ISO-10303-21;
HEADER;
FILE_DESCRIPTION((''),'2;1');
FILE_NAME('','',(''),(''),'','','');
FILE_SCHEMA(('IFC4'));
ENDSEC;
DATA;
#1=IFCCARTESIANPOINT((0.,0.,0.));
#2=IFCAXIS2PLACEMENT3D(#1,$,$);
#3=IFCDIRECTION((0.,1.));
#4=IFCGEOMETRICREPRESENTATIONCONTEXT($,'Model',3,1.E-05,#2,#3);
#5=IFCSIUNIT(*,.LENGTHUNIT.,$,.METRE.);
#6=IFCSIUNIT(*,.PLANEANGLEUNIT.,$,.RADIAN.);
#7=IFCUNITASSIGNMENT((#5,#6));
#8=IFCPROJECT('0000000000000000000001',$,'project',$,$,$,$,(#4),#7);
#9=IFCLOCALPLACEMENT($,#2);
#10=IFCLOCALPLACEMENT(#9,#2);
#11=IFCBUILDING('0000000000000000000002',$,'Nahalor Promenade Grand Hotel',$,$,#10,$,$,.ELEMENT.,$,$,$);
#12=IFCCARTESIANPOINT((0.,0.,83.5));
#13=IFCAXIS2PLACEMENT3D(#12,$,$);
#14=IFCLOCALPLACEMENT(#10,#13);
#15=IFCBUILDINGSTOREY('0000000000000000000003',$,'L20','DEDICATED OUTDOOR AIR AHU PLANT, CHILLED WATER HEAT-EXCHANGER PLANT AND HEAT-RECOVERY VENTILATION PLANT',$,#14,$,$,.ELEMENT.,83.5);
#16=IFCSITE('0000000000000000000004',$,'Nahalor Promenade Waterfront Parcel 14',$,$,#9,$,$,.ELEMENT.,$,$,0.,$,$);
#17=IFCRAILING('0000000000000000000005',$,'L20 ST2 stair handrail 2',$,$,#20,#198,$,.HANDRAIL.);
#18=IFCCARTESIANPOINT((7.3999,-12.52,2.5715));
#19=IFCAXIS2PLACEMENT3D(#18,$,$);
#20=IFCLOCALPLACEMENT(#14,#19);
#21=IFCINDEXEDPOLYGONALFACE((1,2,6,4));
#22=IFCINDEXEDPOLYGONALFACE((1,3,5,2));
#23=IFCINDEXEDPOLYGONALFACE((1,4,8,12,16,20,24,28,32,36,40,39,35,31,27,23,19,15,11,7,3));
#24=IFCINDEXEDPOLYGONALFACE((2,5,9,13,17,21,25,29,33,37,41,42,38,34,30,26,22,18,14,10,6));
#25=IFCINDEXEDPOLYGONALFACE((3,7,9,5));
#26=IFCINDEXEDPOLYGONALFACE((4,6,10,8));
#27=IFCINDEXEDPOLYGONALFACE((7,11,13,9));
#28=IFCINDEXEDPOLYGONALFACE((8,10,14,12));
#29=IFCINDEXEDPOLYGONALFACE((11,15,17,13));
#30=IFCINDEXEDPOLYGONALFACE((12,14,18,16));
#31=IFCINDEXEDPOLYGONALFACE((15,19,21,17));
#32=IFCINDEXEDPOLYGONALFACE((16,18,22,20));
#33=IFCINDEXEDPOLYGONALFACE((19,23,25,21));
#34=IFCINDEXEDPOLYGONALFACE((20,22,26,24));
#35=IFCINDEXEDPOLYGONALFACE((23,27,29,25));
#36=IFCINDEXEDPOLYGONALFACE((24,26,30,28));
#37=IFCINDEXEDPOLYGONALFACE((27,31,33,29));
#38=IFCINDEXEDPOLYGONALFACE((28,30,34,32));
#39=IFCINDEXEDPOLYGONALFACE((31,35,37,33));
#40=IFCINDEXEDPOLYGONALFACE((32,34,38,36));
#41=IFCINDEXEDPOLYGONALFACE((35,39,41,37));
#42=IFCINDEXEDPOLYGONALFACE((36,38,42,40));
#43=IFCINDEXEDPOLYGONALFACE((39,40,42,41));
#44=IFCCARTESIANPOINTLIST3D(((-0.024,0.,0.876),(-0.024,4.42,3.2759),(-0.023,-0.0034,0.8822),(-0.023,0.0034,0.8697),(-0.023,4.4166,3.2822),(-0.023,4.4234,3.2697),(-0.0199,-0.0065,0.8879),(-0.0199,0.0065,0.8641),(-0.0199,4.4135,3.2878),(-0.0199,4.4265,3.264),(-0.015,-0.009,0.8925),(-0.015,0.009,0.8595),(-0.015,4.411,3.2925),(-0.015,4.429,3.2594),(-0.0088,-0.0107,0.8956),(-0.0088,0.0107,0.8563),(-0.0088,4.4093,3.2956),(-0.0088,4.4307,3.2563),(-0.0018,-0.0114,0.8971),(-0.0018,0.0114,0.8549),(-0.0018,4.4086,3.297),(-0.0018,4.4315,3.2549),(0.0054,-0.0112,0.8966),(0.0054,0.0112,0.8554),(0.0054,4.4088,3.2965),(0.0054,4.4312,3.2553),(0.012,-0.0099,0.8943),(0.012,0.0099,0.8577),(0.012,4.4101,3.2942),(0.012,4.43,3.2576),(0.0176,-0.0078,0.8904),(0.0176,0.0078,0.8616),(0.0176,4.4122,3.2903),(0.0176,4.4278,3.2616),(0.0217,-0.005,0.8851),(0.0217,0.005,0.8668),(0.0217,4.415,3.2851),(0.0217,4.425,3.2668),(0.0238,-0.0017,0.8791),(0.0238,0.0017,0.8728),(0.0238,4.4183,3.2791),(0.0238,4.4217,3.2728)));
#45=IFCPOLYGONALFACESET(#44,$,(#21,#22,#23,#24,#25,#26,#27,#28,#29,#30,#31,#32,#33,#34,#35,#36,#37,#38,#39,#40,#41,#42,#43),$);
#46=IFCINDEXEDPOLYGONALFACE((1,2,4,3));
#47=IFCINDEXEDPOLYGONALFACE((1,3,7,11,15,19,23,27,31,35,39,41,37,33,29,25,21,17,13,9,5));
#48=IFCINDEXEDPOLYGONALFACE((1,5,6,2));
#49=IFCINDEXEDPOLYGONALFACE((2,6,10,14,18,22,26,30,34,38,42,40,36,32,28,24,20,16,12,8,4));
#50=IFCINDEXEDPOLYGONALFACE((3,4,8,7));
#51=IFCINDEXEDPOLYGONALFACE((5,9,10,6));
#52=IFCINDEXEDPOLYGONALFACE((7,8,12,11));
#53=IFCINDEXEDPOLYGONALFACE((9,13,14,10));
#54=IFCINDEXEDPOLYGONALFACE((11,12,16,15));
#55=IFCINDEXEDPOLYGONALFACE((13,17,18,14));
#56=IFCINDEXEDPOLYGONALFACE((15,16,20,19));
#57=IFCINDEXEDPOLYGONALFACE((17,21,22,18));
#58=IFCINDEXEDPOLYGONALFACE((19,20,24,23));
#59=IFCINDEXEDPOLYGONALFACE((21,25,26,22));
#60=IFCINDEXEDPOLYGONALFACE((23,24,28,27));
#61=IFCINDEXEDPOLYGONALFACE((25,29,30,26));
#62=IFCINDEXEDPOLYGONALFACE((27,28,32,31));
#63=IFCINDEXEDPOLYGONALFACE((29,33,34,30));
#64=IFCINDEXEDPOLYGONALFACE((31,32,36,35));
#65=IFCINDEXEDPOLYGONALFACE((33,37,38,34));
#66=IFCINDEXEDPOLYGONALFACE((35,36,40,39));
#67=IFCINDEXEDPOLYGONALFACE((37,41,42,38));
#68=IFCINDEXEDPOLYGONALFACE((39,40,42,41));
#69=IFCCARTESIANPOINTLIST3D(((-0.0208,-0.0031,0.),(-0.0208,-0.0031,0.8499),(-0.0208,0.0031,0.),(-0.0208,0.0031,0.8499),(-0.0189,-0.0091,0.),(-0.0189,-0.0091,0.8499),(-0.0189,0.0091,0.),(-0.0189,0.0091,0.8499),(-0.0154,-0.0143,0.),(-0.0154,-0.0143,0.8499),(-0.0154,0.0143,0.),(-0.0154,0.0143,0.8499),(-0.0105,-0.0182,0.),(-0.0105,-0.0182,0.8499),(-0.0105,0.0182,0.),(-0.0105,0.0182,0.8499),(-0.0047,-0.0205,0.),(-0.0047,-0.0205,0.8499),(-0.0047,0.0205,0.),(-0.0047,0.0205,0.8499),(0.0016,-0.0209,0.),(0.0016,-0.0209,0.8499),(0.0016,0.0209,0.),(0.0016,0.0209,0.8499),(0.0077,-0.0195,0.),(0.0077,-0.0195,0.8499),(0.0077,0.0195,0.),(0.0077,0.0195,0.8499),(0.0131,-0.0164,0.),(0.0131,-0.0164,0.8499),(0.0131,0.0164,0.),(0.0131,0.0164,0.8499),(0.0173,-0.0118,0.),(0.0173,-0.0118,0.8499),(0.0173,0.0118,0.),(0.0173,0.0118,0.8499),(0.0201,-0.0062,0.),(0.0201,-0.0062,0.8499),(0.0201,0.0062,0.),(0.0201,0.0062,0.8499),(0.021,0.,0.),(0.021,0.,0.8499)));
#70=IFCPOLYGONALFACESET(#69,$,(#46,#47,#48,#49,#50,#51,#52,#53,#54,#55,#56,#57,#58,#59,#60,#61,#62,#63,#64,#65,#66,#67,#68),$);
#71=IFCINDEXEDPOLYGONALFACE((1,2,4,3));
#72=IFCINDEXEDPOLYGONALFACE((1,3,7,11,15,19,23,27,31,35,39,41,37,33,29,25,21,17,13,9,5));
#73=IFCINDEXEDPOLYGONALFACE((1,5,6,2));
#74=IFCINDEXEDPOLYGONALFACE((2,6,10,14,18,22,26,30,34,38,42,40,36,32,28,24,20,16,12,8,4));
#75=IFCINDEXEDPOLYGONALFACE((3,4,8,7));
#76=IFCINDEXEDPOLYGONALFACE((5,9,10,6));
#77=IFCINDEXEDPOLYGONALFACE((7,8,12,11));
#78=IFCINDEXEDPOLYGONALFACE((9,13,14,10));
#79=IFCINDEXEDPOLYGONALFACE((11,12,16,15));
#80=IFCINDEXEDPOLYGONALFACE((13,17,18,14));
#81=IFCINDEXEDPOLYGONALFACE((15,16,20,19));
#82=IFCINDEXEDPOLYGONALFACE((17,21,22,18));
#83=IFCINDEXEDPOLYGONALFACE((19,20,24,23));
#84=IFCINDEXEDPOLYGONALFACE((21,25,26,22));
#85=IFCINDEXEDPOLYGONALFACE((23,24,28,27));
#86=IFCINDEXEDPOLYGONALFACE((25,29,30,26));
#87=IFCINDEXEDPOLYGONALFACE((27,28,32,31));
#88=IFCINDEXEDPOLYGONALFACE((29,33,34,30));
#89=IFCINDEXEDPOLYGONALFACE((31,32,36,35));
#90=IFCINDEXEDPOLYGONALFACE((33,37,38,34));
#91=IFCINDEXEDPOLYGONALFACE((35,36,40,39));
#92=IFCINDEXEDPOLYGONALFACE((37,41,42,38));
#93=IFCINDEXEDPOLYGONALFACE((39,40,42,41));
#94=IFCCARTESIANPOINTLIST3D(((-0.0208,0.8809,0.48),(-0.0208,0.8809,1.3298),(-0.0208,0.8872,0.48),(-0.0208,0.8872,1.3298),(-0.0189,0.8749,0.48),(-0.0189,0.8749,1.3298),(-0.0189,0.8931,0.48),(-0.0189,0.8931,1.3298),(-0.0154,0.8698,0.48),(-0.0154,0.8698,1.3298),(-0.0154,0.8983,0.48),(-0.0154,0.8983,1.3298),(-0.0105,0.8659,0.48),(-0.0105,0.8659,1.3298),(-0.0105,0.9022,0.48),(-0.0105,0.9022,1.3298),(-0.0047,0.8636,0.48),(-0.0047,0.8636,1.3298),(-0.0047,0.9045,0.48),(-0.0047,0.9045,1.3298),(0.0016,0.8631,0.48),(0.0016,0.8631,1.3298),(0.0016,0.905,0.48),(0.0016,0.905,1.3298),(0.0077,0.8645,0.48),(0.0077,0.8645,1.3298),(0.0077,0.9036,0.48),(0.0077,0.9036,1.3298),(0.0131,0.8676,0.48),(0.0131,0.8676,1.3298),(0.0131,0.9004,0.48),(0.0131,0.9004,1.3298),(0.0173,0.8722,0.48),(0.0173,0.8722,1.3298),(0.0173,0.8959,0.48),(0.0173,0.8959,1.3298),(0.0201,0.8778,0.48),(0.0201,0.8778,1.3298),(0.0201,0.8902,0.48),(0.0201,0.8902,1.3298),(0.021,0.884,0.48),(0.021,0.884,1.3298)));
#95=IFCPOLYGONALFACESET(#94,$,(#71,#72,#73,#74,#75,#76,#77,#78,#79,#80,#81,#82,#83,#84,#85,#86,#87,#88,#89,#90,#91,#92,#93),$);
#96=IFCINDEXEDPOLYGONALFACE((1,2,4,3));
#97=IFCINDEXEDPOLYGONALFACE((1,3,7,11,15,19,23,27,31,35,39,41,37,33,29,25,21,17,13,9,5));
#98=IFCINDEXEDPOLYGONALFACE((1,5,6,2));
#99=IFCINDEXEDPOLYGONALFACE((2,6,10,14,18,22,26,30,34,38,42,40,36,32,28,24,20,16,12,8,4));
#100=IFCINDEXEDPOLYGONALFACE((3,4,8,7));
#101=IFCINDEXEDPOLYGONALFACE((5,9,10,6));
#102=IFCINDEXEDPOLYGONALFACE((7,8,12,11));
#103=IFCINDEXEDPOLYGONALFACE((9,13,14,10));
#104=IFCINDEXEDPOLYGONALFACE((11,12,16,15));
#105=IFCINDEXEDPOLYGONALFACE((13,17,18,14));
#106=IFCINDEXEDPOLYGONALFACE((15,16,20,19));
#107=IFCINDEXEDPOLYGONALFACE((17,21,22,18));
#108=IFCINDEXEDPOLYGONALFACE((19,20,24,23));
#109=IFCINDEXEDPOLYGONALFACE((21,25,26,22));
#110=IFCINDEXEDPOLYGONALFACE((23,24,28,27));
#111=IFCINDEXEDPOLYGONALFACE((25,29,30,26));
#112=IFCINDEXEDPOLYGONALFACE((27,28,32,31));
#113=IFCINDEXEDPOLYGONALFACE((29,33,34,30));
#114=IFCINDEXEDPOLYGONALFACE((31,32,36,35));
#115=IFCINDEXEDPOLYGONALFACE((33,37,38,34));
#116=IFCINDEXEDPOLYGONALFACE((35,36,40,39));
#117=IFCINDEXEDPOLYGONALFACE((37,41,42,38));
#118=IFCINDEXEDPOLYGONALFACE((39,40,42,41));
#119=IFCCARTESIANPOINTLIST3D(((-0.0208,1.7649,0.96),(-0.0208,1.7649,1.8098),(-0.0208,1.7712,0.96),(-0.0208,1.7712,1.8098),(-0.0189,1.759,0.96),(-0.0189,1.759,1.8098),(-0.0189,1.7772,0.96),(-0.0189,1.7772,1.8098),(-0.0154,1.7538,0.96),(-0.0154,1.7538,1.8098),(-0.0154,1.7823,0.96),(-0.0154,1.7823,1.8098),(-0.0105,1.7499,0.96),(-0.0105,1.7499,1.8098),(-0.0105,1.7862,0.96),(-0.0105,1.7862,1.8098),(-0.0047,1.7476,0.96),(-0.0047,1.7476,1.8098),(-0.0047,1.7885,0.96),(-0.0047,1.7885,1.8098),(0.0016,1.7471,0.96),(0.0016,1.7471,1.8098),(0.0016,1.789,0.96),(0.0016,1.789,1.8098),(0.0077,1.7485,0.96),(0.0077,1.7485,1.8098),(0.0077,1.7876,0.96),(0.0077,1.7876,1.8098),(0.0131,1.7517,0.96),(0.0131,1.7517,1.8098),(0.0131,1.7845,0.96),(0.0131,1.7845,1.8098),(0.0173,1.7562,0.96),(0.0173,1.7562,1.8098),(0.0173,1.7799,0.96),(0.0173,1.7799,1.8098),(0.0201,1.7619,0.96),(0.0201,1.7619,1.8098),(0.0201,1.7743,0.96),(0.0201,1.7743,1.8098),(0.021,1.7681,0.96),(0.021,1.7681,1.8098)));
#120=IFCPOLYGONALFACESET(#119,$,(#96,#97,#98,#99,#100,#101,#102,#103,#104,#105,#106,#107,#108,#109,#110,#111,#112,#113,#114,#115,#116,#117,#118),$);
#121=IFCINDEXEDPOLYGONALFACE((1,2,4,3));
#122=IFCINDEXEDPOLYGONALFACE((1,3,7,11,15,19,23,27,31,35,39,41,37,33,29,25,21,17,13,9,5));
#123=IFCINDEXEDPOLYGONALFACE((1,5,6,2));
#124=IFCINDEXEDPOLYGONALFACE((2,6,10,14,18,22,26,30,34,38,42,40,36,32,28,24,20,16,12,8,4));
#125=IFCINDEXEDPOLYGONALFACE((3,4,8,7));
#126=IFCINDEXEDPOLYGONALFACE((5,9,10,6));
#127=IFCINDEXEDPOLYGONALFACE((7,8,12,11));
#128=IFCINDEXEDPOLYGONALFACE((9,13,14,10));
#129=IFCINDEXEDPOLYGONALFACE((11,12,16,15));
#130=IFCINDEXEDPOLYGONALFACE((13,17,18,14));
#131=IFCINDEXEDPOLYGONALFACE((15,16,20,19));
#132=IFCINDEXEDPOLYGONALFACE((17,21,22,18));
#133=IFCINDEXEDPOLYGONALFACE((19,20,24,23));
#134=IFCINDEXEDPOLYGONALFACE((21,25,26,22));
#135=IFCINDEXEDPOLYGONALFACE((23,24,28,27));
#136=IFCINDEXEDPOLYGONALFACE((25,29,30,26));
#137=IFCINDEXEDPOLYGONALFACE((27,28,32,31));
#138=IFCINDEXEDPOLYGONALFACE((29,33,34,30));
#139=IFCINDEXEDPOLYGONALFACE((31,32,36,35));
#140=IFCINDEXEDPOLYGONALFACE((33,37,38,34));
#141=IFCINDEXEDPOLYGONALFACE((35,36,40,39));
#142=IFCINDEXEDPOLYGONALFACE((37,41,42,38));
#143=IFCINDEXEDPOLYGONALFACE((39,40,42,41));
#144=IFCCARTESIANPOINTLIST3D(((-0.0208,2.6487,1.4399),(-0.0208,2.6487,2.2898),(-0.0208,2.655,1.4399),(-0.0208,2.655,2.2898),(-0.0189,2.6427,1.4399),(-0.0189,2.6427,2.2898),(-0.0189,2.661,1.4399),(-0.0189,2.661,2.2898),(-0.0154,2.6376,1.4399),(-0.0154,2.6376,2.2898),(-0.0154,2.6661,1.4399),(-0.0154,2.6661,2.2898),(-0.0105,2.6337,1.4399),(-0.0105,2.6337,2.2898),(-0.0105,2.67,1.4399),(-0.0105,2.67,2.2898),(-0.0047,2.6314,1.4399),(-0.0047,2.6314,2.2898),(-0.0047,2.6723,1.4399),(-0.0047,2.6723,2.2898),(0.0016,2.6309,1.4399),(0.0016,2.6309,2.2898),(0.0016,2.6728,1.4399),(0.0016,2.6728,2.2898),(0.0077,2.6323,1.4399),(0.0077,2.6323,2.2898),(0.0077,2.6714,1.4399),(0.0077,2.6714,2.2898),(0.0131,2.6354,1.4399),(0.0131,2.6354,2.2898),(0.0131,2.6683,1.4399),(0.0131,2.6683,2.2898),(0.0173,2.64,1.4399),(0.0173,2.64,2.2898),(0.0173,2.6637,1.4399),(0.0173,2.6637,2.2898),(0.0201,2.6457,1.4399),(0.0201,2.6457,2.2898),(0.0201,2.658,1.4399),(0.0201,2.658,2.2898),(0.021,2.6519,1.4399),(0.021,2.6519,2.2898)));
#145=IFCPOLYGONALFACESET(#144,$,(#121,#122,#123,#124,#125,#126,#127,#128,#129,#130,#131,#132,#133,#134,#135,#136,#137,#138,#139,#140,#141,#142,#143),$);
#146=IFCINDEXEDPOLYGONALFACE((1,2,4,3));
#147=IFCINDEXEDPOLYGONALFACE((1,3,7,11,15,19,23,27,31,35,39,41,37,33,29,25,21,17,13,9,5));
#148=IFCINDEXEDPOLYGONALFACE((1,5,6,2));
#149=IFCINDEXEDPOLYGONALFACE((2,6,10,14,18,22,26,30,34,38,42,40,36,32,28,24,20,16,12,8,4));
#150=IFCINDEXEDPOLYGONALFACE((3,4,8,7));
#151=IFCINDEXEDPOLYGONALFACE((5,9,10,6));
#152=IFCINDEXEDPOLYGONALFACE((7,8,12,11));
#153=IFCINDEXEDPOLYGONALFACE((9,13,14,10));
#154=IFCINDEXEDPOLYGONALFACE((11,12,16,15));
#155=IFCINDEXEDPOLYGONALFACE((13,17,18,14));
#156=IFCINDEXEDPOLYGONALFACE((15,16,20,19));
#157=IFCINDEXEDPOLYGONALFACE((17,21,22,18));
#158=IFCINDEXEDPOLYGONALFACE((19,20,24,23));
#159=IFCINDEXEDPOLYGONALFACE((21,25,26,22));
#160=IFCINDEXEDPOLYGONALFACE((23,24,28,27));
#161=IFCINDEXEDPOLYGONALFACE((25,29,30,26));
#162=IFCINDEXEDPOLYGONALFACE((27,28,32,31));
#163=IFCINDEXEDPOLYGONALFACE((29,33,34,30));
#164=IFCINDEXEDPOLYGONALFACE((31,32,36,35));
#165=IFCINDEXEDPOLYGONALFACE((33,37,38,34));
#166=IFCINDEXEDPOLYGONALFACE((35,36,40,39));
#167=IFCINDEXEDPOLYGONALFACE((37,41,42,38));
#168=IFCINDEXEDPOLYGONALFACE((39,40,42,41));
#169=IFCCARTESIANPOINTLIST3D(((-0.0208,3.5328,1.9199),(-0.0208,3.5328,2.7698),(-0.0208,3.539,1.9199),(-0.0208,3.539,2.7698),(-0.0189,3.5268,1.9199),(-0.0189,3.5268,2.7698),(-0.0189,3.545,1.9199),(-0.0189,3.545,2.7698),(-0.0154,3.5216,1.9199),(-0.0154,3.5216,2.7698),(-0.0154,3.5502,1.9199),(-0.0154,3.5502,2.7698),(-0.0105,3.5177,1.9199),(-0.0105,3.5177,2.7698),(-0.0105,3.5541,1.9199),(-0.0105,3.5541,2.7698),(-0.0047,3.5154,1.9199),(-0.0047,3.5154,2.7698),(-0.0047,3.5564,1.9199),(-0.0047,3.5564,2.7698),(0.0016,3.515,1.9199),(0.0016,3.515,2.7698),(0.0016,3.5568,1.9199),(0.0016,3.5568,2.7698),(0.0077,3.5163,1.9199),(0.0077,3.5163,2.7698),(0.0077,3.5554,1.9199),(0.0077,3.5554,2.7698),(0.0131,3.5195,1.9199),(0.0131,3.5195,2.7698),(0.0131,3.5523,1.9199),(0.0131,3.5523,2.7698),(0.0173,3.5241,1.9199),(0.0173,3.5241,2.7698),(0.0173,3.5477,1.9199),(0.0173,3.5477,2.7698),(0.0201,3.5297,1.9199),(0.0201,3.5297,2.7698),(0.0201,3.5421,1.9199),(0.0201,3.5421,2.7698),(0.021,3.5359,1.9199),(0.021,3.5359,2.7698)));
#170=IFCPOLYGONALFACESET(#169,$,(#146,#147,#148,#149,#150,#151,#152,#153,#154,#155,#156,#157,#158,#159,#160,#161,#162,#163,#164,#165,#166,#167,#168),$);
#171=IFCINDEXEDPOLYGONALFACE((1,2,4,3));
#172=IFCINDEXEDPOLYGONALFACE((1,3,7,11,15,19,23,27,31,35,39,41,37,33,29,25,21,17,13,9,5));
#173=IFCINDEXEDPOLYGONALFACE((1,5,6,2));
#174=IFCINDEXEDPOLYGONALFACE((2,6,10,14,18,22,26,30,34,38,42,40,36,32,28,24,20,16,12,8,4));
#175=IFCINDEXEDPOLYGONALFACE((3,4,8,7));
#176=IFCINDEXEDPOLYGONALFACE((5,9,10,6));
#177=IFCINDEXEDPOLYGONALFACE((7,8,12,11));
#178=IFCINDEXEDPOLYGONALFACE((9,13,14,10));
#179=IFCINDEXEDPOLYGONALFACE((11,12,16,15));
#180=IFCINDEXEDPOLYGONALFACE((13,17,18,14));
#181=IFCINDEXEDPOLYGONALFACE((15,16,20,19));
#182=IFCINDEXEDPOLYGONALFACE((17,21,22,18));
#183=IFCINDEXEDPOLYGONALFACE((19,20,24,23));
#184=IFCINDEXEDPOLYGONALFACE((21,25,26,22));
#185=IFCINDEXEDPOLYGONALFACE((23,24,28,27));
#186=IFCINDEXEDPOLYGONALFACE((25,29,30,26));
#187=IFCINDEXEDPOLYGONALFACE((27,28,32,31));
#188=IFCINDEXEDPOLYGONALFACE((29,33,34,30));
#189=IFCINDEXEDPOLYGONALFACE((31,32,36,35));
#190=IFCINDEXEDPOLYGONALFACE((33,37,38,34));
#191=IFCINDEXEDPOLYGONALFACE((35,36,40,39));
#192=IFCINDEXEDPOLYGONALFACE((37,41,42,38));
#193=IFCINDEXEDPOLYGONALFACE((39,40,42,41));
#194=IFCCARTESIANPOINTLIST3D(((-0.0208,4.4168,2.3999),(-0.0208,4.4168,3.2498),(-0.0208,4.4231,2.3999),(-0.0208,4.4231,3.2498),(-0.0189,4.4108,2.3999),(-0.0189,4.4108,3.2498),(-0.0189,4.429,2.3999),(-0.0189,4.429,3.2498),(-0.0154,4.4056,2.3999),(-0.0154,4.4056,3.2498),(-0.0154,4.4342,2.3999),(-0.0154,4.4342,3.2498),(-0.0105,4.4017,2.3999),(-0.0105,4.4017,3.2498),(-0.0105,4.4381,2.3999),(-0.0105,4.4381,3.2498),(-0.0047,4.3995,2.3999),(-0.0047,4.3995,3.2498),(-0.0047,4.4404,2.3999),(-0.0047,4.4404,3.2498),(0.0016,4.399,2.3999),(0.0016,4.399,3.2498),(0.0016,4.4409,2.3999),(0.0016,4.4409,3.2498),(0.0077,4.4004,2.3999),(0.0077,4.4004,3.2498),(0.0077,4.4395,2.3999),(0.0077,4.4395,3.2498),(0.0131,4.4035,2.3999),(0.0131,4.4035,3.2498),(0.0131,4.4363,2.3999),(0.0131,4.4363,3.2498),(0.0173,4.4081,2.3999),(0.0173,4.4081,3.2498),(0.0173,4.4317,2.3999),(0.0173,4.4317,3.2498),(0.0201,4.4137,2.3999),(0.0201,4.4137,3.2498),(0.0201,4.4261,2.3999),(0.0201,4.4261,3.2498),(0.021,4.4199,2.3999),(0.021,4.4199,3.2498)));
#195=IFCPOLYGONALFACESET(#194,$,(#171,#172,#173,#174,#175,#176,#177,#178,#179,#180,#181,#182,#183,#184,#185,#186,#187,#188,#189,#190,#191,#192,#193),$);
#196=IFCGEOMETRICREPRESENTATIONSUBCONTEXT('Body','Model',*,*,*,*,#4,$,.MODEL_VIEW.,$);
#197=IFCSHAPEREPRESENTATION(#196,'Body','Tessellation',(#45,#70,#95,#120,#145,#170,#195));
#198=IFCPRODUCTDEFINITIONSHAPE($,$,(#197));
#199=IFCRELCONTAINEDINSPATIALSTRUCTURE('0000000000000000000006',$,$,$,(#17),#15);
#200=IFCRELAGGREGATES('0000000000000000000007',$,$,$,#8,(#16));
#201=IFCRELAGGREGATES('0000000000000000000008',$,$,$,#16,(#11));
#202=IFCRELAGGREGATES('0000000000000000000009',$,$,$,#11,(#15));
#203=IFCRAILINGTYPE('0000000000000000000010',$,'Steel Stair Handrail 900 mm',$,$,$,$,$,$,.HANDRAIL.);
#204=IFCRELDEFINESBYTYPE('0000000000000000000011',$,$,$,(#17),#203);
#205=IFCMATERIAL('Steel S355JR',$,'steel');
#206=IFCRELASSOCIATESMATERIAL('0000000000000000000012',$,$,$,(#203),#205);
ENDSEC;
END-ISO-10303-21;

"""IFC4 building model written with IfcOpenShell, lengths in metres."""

from ifc_helpers import new_model, si_unit, direction, frame, origin, origin_2d, place, context, subcontext, project, spatial, circle, extrude, material, type_object, element, save


model = new_model("IFC4")

# Units and contexts
model_context = context("Model", 3, precision=1e-05, world=origin(), true_north=direction((0.0, 1.0)))
body_context = subcontext(model_context, "Body", "Model", "MODEL_VIEW")
ifc_project = project(units=[si_unit("LENGTHUNIT", "METRE"), si_unit("PLANEANGLEUNIT", "RADIAN")], contexts=[model_context])

# Site, building, storey
site_placement = place(None, origin())
site = spatial("IfcSite", under=ifc_project, at=site_placement, Name="Nahalor Promenade Waterfront Parcel 14", CompositionType="ELEMENT", RefElevation=0.0)
building_placement = place(site_placement, origin())
building = spatial("IfcBuilding", under=site, at=building_placement, Name="Nahalor Promenade Grand Hotel", CompositionType="ELEMENT")
storey_placement = place(building_placement, frame((0.0, 0.0, 83.5)))
storey = spatial("IfcBuildingStorey", under=building, at=storey_placement, Name="L20", Description="DEDICATED OUTDOOR AIR AHU PLANT, CHILLED WATER HEAT-EXCHANGER PLANT AND HEAT-RECOVERY VENTILATION PLANT", CompositionType="ELEMENT", Elevation=83.5)

# Shared definitions
ifc_material_1 = material(Name="Steel S355JR", Category="steel")

# Railing
railing_type_1 = type_object("IfcRailingType", Name="Steel Stair Handrail 900 mm", PredefinedType="HANDRAIL", material=ifc_material_1)
railing_1_placement = place(storey_placement, frame((7.3999, -12.52, 2.5715)))
element("IfcRailing", 1, at=railing_1_placement, inside=storey, type_object=railing_type_1, Name="L20 ST2 stair handrail 2", PredefinedType="HANDRAIL", context=body_context, shape_type="SweptSolid", body=[
    extrude(circle(Radius=0.024, at=origin_2d()), frame((0.0, 0.0, 0.876), z_axis=(0.0, 0.87881, 0.477171), x_axis=(-1.0, 0.0, 0.0)), (0.0, 0.0, 1.0), 5.0295),
    extrude(circle(Radius=0.021, at=origin_2d()), origin(), (0.0, 0.0, 1.0), 0.8499),
    extrude(circle(Radius=0.021, at=origin_2d()), frame((0.0, 0.884, 0.48)), (0.0, 0.0, 1.0), 0.8499),
    extrude(circle(Radius=0.021, at=origin_2d()), frame((0.0, 1.7681, 0.96)), (0.0, 0.0, 1.0), 0.8499),
    extrude(circle(Radius=0.021, at=origin_2d()), frame((0.0, 2.6519, 1.4399)), (0.0, 0.0, 1.0), 0.8499),
    extrude(circle(Radius=0.021, at=origin_2d()), frame((0.0, 3.5359, 1.9199)), (0.0, 0.0, 1.0), 0.8499),
    extrude(circle(Radius=0.021, at=origin_2d()), frame((0.0, 4.4199, 2.3999)), (0.0, 0.0, 1.0), 0.8499),
])

save(model, "model.ifc")
